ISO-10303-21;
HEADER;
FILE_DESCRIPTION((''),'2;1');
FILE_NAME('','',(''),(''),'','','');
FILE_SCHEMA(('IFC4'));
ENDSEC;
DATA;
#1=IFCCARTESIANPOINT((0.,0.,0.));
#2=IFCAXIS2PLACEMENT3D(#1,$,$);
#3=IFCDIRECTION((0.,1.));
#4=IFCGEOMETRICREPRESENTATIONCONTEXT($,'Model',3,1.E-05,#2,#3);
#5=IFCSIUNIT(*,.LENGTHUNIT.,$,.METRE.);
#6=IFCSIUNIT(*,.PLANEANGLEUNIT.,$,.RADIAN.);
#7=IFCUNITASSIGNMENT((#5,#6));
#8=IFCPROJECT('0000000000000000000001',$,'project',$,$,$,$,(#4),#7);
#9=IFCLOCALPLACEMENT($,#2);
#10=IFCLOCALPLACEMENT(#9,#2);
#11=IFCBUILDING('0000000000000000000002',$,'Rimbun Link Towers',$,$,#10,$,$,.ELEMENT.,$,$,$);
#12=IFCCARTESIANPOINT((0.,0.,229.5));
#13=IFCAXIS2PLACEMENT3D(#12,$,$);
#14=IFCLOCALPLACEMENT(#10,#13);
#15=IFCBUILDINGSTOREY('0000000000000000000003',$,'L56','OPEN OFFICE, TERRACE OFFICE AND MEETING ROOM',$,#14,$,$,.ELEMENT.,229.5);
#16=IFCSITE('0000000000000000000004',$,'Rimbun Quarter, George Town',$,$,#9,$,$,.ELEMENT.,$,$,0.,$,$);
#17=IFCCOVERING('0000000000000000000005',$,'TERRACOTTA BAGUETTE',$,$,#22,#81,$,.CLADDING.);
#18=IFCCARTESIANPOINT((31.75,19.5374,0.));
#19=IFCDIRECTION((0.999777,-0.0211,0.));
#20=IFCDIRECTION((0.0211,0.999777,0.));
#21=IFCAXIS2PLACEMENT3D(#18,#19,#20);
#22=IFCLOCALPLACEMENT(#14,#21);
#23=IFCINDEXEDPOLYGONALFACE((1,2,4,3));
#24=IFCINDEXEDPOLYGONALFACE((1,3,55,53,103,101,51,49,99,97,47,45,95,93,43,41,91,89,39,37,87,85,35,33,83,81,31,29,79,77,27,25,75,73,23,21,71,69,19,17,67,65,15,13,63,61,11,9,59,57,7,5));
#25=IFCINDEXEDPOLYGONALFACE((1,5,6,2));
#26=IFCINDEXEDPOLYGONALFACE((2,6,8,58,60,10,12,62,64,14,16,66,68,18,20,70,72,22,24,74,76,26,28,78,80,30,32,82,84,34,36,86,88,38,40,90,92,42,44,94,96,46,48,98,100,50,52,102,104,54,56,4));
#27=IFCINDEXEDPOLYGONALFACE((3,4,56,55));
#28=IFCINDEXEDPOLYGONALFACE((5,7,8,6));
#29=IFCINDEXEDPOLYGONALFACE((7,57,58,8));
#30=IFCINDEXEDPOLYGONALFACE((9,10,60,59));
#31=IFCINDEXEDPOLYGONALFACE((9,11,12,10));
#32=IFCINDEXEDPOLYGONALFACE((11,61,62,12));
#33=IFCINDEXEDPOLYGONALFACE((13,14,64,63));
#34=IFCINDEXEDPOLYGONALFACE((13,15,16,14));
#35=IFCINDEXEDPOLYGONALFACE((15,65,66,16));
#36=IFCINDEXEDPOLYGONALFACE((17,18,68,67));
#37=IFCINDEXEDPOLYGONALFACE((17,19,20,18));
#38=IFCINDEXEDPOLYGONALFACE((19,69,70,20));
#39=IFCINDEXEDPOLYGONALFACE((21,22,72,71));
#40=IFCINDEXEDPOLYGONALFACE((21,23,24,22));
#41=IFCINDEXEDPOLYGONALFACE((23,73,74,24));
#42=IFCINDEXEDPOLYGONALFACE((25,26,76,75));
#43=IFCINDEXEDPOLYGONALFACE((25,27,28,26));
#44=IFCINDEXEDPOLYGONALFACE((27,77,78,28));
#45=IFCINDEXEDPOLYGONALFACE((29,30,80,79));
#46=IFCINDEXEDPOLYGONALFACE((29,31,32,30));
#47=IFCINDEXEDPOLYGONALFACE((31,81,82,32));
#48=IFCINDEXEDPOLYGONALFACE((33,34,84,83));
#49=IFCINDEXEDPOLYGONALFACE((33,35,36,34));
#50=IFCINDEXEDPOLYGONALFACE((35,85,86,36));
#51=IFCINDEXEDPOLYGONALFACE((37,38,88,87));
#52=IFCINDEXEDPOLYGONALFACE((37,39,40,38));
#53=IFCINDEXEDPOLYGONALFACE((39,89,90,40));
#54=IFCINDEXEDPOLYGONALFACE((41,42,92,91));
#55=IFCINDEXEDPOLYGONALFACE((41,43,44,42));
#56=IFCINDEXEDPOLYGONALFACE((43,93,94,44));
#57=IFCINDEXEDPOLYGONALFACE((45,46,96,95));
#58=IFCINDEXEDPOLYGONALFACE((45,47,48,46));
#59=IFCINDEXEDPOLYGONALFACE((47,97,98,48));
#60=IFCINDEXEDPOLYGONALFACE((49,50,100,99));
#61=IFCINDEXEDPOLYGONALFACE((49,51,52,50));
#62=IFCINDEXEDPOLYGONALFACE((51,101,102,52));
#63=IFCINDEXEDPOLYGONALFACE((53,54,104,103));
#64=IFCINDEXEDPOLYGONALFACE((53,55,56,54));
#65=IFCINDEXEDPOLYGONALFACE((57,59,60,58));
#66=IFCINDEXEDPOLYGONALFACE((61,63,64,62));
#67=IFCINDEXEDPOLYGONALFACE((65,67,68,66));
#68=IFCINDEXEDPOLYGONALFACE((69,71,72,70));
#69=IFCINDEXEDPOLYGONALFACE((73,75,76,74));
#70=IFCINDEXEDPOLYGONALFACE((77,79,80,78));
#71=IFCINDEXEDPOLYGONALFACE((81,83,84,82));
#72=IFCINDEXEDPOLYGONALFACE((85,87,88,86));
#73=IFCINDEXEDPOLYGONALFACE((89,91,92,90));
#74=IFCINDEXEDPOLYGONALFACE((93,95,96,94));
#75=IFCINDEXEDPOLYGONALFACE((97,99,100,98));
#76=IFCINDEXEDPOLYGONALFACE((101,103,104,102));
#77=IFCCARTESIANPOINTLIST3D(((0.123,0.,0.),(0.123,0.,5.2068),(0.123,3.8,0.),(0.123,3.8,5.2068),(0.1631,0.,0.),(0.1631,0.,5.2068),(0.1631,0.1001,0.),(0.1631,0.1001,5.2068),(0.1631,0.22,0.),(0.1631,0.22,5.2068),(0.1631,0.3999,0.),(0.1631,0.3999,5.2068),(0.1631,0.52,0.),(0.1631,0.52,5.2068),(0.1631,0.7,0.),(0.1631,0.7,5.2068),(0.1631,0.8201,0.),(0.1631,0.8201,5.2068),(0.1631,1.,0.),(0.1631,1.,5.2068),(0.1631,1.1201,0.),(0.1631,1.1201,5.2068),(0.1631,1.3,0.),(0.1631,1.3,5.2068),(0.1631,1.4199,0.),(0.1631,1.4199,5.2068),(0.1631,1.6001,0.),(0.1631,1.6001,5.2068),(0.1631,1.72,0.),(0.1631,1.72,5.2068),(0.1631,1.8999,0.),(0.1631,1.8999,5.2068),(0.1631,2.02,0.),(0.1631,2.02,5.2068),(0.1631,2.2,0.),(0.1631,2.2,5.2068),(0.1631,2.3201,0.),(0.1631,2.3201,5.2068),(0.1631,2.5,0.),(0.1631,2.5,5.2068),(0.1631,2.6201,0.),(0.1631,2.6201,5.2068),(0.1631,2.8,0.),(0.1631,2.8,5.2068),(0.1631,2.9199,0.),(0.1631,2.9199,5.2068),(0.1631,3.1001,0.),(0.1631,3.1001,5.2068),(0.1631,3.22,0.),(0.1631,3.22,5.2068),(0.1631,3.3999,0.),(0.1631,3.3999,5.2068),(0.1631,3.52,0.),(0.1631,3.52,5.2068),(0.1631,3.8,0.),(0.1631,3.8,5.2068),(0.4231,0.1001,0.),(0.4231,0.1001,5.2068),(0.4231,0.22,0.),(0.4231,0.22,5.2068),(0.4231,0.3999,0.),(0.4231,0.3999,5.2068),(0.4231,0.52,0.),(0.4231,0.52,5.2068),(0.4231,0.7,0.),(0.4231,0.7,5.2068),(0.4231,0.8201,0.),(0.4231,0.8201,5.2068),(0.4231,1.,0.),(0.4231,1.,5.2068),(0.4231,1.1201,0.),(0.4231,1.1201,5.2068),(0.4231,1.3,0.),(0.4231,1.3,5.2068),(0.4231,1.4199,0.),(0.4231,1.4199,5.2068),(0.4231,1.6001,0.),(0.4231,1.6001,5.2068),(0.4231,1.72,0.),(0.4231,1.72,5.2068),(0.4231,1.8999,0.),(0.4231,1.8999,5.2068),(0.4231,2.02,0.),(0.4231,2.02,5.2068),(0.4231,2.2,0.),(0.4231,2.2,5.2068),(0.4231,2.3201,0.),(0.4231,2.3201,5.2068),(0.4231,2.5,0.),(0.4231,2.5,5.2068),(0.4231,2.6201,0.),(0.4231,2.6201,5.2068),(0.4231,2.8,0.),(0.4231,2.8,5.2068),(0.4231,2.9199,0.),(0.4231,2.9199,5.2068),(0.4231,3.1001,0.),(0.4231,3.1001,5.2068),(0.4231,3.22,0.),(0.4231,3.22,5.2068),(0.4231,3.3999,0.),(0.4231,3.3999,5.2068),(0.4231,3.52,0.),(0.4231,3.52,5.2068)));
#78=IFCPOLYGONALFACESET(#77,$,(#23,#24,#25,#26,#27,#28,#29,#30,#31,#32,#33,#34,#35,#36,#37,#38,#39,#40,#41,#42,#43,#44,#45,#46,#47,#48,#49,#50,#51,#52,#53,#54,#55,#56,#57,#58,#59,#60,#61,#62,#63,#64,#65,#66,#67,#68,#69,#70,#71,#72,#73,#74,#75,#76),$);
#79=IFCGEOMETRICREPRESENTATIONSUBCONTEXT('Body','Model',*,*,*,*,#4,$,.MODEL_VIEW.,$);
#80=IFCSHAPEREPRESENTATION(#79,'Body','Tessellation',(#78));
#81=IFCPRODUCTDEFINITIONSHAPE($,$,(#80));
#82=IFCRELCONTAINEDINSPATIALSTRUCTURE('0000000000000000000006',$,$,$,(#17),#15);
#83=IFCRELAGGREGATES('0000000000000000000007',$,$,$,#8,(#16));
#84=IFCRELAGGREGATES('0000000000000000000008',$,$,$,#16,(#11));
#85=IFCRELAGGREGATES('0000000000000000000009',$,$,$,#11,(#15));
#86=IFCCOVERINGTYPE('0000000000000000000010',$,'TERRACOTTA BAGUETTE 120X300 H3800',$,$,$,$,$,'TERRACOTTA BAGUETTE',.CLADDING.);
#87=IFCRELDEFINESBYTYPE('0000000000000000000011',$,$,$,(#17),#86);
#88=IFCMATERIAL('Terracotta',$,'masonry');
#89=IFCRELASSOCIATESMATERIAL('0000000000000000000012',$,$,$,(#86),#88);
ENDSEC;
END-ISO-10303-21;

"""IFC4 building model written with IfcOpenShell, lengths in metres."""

from ifc_helpers import new_model, si_unit, direction, frame, origin, place, context, subcontext, project, spatial, polyline, outline, extrude, material, material_profile, profile_set, type_object, element, save


model = new_model("IFC4")

# Units and contexts
model_context = context("Model", 3, precision=1e-05, world=origin(), true_north=direction((0.0, 1.0)))
body_context = subcontext(model_context, "Body", "Model", "MODEL_VIEW")
ifc_project = project(units=[si_unit("LENGTHUNIT", "METRE"), si_unit("PLANEANGLEUNIT", "RADIAN")], contexts=[model_context])

# Site, building, storey
site_placement = place(None, origin())
site = spatial("IfcSite", under=ifc_project, at=site_placement, Name="Rimbun Quarter, George Town", CompositionType="ELEMENT", RefElevation=0.0)
building_placement = place(site_placement, origin())
building = spatial("IfcBuilding", under=site, at=building_placement, Name="Rimbun Link Towers", CompositionType="ELEMENT")
storey_placement = place(building_placement, frame((0.0, 0.0, 229.5)))
storey = spatial("IfcBuildingStorey", under=building, at=storey_placement, Name="L56", Description="OPEN OFFICE, TERRACE OFFICE AND MEETING ROOM", CompositionType="ELEMENT", Elevation=229.5)

# Covering
ifc_material_1 = material(Name="Terracotta", Category="masonry")
ifc_material_profile_1 = material_profile(ifc_material_1, outline(polyline([(0.123, 0.0), (0.1631, 0.0), (0.1631, 0.1001), (0.4231, 0.1001), (0.4231, 0.22), (0.1631, 0.22), (0.1631, 0.3999), (0.4231, 0.3999), (0.4231, 0.52), (0.1631, 0.52), (0.1631, 0.7), (0.4231, 0.7), (0.4231, 0.8201), (0.1631, 0.8201), (0.1631, 1.0), (0.4231, 1.0), (0.4231, 1.1201), (0.1631, 1.1201), (0.1631, 1.3), (0.4231, 1.3), (0.4231, 1.4199), (0.1631, 1.4199), (0.1631, 1.6001), (0.4231, 1.6001), (0.4231, 1.72), (0.1631, 1.72), (0.1631, 1.8999), (0.4231, 1.8999), (0.4231, 2.02), (0.1631, 2.02), (0.1631, 2.2), (0.4231, 2.2), (0.4231, 2.3201), (0.1631, 2.3201), (0.1631, 2.5), (0.4231, 2.5), (0.4231, 2.6201), (0.1631, 2.6201), (0.1631, 2.8), (0.4231, 2.8), (0.4231, 2.9199), (0.1631, 2.9199), (0.1631, 3.1001), (0.4231, 3.1001), (0.4231, 3.22), (0.1631, 3.22), (0.1631, 3.3999), (0.4231, 3.3999), (0.4231, 3.52), (0.1631, 3.52), (0.1631, 3.8), (0.123, 3.8), (0.123, 0.0)])), Name="BAGUETTE 120X300")
ifc_profile_set_1 = profile_set([ifc_material_profile_1], Name="Terracotta")
covering_type = type_object("IfcCoveringType", Name="TERRACOTTA BAGUETTE 120X300 H3800", ElementType="TERRACOTTA BAGUETTE", PredefinedType="CLADDING", material=ifc_profile_set_1)
covering_1_placement = place(storey_placement, frame((31.75, 19.5374, 0.0), z_axis=(0.999777, -0.0211, 0.0), x_axis=(0.0211, 0.999777, 0.0)))
element("IfcCovering", 1, at=covering_1_placement, inside=storey, type_object=covering_type, Name="TERRACOTTA BAGUETTE", PredefinedType="CLADDING", context=body_context, shape_type="SweptSolid", body=[
    extrude(outline(polyline([(0.123, 0.0), (0.1631, 0.0), (0.1631, 0.1001), (0.4231, 0.1001), (0.4231, 0.22), (0.1631, 0.22), (0.1631, 0.3999), (0.4231, 0.3999), (0.4231, 0.52), (0.1631, 0.52), (0.1631, 0.7), (0.4231, 0.7), (0.4231, 0.8201), (0.1631, 0.8201), (0.1631, 1.0), (0.4231, 1.0), (0.4231, 1.1201), (0.1631, 1.1201), (0.1631, 1.3), (0.4231, 1.3), (0.4231, 1.4199), (0.1631, 1.4199), (0.1631, 1.6001), (0.4231, 1.6001), (0.4231, 1.72), (0.1631, 1.72), (0.1631, 1.8999), (0.4231, 1.8999), (0.4231, 2.02), (0.1631, 2.02), (0.1631, 2.2), (0.4231, 2.2), (0.4231, 2.3201), (0.1631, 2.3201), (0.1631, 2.5), (0.4231, 2.5), (0.4231, 2.6201), (0.1631, 2.6201), (0.1631, 2.8), (0.4231, 2.8), (0.4231, 2.9199), (0.1631, 2.9199), (0.1631, 3.1001), (0.4231, 3.1001), (0.4231, 3.22), (0.1631, 3.22), (0.1631, 3.3999), (0.4231, 3.3999), (0.4231, 3.52), (0.1631, 3.52), (0.1631, 3.8), (0.123, 3.8), (0.123, 0.0)])), origin(), (0.0, 0.0, 1.0), 5.2068),
])

save(model, "model.ifc")
